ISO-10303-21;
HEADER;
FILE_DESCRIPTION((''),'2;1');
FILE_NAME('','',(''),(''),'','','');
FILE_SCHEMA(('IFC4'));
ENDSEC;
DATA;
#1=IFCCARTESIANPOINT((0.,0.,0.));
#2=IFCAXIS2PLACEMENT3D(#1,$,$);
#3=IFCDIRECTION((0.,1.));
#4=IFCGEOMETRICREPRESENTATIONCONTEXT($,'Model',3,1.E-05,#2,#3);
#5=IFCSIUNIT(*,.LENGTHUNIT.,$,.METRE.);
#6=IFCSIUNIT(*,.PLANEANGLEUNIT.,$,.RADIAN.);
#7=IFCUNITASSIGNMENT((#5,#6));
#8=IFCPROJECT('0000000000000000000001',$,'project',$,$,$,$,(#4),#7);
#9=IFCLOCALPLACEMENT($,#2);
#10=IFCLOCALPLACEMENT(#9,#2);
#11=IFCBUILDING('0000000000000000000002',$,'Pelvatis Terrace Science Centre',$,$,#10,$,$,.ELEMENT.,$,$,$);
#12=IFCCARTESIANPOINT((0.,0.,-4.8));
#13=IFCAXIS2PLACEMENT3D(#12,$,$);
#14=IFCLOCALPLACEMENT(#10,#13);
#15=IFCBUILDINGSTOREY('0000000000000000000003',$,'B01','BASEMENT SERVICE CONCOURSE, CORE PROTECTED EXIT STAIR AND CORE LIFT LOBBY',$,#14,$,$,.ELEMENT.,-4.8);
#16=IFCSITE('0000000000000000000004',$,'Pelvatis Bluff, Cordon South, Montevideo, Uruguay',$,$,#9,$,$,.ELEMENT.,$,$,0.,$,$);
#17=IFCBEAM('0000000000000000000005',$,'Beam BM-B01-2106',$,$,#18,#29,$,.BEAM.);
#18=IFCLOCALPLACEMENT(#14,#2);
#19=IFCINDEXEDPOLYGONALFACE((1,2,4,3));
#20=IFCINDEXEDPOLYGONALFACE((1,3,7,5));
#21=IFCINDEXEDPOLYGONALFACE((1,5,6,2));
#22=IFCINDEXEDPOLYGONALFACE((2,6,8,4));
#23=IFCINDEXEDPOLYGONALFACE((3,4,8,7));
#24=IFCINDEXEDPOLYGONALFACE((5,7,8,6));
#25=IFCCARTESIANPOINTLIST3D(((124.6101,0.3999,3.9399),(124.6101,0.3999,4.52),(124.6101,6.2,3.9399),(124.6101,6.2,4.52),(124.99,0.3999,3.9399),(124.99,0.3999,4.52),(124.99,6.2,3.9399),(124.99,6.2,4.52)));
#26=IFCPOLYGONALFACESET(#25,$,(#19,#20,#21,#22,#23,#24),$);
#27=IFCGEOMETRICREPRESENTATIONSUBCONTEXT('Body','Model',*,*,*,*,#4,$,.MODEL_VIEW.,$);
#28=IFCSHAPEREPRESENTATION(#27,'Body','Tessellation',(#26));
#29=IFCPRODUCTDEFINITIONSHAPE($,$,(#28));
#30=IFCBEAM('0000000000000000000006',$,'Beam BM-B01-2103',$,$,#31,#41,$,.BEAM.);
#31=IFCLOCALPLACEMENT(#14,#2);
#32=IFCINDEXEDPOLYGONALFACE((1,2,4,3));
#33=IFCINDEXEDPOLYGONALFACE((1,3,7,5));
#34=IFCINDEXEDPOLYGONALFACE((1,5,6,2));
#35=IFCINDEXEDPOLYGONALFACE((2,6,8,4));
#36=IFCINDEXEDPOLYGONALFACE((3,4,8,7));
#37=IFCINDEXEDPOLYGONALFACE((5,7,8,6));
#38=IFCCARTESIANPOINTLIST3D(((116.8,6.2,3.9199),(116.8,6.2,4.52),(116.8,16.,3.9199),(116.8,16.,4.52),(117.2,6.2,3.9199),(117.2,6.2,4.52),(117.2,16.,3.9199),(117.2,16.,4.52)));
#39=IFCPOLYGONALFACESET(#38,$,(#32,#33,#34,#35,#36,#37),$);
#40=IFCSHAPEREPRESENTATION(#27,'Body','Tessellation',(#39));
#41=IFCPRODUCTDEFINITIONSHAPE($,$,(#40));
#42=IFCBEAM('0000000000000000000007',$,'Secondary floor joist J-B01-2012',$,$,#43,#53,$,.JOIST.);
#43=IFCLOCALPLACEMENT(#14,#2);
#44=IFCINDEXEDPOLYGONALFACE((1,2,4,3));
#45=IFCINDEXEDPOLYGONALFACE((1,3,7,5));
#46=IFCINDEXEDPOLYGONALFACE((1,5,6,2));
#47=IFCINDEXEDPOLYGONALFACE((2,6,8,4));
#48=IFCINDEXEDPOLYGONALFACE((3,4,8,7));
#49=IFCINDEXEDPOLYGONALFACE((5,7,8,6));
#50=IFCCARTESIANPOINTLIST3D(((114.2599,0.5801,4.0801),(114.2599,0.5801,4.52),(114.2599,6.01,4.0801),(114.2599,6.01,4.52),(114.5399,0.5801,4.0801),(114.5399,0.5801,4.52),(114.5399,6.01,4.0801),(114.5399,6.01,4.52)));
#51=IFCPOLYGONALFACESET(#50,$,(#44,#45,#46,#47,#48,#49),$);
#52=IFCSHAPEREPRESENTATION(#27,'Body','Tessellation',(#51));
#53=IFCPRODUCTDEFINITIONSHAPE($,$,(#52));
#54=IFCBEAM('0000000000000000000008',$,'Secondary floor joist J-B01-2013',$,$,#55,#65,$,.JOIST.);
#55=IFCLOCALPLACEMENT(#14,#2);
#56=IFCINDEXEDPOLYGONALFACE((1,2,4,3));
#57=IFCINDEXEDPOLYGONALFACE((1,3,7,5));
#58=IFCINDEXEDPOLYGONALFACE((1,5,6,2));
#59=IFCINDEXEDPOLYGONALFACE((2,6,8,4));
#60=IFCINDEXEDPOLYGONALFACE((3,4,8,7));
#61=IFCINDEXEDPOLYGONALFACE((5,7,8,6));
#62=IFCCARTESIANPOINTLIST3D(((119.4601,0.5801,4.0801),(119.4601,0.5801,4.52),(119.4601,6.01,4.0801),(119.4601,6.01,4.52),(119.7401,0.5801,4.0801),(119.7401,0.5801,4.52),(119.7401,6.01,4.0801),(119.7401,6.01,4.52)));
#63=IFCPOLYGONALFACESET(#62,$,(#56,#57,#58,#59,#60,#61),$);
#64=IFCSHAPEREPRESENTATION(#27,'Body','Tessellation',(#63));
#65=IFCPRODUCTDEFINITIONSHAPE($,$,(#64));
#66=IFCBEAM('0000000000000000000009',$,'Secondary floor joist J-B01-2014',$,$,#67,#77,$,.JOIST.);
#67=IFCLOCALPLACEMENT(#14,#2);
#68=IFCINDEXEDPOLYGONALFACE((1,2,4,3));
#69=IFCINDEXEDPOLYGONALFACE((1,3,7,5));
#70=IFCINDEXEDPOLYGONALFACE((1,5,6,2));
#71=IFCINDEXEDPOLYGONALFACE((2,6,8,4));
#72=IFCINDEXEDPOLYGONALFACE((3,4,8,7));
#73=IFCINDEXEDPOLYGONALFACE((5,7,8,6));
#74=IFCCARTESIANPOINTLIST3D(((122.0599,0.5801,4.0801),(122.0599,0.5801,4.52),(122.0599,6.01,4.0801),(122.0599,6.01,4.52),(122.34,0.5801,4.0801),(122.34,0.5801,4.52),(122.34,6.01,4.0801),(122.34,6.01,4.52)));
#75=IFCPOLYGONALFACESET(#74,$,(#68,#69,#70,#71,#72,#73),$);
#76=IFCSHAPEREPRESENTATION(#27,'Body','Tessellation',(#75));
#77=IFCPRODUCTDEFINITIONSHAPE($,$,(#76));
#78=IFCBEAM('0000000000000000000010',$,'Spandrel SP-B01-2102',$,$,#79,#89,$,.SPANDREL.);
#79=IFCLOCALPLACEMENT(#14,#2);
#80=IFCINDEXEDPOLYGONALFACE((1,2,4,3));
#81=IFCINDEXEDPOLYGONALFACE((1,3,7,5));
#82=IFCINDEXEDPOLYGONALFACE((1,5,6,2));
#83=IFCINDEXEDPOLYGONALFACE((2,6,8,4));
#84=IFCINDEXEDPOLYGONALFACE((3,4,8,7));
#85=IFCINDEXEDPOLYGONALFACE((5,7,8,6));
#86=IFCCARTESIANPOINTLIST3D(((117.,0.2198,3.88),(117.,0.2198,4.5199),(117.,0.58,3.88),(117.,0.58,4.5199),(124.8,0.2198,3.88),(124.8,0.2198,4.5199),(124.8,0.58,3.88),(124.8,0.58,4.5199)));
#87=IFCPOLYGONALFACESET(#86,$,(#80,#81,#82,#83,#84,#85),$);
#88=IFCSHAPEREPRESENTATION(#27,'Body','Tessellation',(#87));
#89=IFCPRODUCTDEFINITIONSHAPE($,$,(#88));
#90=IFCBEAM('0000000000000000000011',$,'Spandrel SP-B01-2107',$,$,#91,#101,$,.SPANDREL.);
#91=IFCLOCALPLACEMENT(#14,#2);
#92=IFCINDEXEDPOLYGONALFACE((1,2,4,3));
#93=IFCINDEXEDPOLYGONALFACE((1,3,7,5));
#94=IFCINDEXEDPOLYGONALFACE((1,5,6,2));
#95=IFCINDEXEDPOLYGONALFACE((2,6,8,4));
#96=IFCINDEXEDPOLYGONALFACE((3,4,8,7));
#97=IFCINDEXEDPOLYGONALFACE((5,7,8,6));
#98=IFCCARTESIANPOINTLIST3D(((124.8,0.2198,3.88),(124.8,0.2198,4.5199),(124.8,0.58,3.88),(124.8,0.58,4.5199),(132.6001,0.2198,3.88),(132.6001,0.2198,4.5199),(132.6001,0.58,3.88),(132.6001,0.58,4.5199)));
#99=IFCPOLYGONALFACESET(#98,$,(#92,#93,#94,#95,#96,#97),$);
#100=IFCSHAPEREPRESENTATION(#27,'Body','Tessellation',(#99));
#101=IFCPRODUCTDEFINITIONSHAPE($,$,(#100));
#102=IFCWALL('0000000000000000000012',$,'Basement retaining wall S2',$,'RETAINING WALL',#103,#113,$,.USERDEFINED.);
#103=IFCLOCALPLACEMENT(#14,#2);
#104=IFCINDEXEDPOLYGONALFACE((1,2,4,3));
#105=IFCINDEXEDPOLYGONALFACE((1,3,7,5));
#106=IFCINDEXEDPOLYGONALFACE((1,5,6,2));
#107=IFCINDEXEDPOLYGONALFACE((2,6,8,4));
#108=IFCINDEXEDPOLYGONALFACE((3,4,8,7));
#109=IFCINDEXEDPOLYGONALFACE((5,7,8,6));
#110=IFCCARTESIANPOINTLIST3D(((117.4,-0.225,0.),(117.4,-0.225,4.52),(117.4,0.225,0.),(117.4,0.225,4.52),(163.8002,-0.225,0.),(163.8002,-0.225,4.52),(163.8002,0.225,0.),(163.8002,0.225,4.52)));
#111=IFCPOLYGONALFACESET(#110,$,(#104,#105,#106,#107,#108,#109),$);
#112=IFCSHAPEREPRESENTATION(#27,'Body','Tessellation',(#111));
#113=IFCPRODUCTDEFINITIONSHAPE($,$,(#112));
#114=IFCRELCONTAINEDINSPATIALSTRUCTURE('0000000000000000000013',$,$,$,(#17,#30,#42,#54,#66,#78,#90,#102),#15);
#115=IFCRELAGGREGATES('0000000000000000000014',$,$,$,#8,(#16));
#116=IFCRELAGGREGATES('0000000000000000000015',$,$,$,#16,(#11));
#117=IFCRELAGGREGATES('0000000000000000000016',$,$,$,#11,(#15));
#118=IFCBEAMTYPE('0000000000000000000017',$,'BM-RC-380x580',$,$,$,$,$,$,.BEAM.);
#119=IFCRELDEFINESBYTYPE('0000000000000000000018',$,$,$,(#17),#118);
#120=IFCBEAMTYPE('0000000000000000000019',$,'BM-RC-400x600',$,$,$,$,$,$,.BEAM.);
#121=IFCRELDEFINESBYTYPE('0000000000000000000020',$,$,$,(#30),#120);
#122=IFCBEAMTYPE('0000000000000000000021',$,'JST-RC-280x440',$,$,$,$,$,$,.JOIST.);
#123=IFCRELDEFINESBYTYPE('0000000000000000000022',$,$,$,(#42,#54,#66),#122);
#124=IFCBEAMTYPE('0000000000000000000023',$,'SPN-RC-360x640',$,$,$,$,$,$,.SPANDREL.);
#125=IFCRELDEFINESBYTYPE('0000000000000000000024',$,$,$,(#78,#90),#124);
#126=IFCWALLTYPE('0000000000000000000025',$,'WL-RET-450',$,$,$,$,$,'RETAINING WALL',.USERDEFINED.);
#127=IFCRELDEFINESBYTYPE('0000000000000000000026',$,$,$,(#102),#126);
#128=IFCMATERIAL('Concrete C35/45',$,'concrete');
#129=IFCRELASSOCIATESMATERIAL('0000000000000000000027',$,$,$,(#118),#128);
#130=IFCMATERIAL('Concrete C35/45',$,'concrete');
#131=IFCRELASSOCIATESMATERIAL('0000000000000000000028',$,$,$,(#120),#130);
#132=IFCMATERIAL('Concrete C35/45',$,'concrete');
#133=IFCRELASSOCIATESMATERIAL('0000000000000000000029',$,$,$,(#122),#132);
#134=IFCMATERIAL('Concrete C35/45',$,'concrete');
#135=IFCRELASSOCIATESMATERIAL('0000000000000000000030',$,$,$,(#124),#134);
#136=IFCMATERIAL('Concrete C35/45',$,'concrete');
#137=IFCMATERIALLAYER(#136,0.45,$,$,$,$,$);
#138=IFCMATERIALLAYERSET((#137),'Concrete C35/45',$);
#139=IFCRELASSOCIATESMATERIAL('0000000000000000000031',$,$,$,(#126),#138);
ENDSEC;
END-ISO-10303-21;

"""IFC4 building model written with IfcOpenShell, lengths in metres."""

from ifc_helpers import new_model, si_unit, direction, frame, frame_2d, origin, origin_2d, place, context, subcontext, project, spatial, rectangle, extrude, material, layer, layer_set, material_profile, profile_set, type_object, element, save


model = new_model("IFC4")

# Units and contexts
model_context = context("Model", 3, precision=1e-05, world=origin(), true_north=direction((0.0, 1.0)))
body_context = subcontext(model_context, "Body", "Model", "MODEL_VIEW")
ifc_project = project(units=[si_unit("LENGTHUNIT", "METRE"), si_unit("PLANEANGLEUNIT", "RADIAN")], contexts=[model_context])

# Site, building, storey
site_placement = place(None, origin())
site = spatial("IfcSite", under=ifc_project, at=site_placement, Name="Pelvatis Bluff, Cordon South, Montevideo, Uruguay", CompositionType="ELEMENT", RefElevation=0.0)
building_placement = place(site_placement, origin())
building = spatial("IfcBuilding", under=site, at=building_placement, Name="Pelvatis Terrace Science Centre", CompositionType="ELEMENT")
storey_placement = place(building_placement, frame((0.0, 0.0, -4.8)))
storey = spatial("IfcBuildingStorey", under=building, at=storey_placement, Name="B01", Description="BASEMENT SERVICE CONCOURSE, CORE PROTECTED EXIT STAIR AND CORE LIFT LOBBY", CompositionType="ELEMENT", Elevation=-4.8)

# Beams
ifc_material_1 = material(Name="Concrete C35/45", Category="concrete")
ifc_material_profile_1 = material_profile(ifc_material_1, rectangle(XDim=0.3799, YDim=0.5801, at=origin_2d()), Name="RC-BM 380x580")
ifc_profile_set_1 = profile_set([ifc_material_profile_1], Name="Concrete C35/45")
beam_type_1 = type_object("IfcBeamType", Name="BM-RC-380x580", PredefinedType="BEAM", material=ifc_profile_set_1)
beam_1_placement = place(storey_placement, frame((124.8, 0.3999, 4.23), z_axis=(0.0, 1.0, 0.0), x_axis=(-1.0, 0.0, 0.0)))
element("IfcBeam", 1, at=beam_1_placement, inside=storey, type_object=beam_type_1, Name="Beam BM-B01-2106", PredefinedType="BEAM", context=body_context, shape_type="SweptSolid", body=[
    extrude(rectangle(XDim=0.3799, YDim=0.5801, at=origin_2d()), origin(), (0.0, 0.0, 1.0), 5.8),
])
ifc_material_2 = material(Name="Concrete C35/45", Category="concrete")
ifc_material_profile_2 = material_profile(ifc_material_2, rectangle(XDim=0.3999, YDim=0.6001, at=origin_2d()), Name="RC-BM 400x600")
ifc_profile_set_2 = profile_set([ifc_material_profile_2], Name="Concrete C35/45")
beam_type_2 = type_object("IfcBeamType", Name="BM-RC-400x600", PredefinedType="BEAM", material=ifc_profile_set_2)
beam_2_placement = place(storey_placement, frame((117.0, 6.2, 4.22), z_axis=(0.0, 1.0, 0.0), x_axis=(-1.0, 0.0, 0.0)))
element("IfcBeam", 2, at=beam_2_placement, inside=storey, type_object=beam_type_2, Name="Beam BM-B01-2103", PredefinedType="BEAM", context=body_context, shape_type="SweptSolid", body=[
    extrude(rectangle(XDim=0.3999, YDim=0.6001, at=origin_2d()), origin(), (0.0, 0.0, 1.0), 9.8),
])
ifc_material_3 = material(Name="Concrete C35/45", Category="concrete")
ifc_material_profile_3 = material_profile(ifc_material_3, rectangle(XDim=0.28, YDim=0.4399, at=origin_2d()), Name="RC-JST 280x440")
ifc_profile_set_3 = profile_set([ifc_material_profile_3], Name="Concrete C35/45")
beam_type_3 = type_object("IfcBeamType", Name="JST-RC-280x440", PredefinedType="JOIST", material=ifc_profile_set_3)
for number, where, z_axis, x_axis, name in (
    (3, (114.3999, 0.5801, 4.3), (0.0, 1.0, 0.0), (-1.0, 0.0, 0.0), "Secondary floor joist J-B01-2012"),
    (4, (119.6001, 0.5801, 4.3), (0.0, 1.0, 0.0), (-1.0, 0.0, 0.0), "Secondary floor joist J-B01-2013"),
    (5, (122.2, 0.5801, 4.3), (0.0, 1.0, 0.0), (-1.0, 0.0, 0.0), "Secondary floor joist J-B01-2014"),
):
    element("IfcBeam", number, at=place(storey_placement, frame(where, z_axis=z_axis, x_axis=x_axis)), inside=storey, type_object=beam_type_3, Name=name, PredefinedType="JOIST", context=body_context, shape_type="SweptSolid", body=[
        extrude(rectangle(XDim=0.28, YDim=0.4399, at=origin_2d()), origin(), (0.0, 0.0, 1.0), 5.4299),
    ])
ifc_material_4 = material(Name="Concrete C35/45", Category="concrete")
ifc_material_profile_4 = material_profile(ifc_material_4, rectangle(XDim=0.3601, YDim=0.6399, at=origin_2d()), Name="RC-SPN 360x640")
ifc_profile_set_4 = profile_set([ifc_material_profile_4], Name="Concrete C35/45")
beam_type_4 = type_object("IfcBeamType", Name="SPN-RC-360x640", PredefinedType="SPANDREL", material=ifc_profile_set_4)
for number, where, z_axis, x_axis, name in (
    (6, (117.0, 0.3999, 4.2), (1.0, 0.0, 0.0), (0.0, 1.0, 0.0), "Spandrel SP-B01-2102"),
    (7, (124.8, 0.3999, 4.2), (1.0, 0.0, 0.0), (0.0, 1.0, 0.0), "Spandrel SP-B01-2107"),
):
    element("IfcBeam", number, at=place(storey_placement, frame(where, z_axis=z_axis, x_axis=x_axis)), inside=storey, type_object=beam_type_4, Name=name, PredefinedType="SPANDREL", context=body_context, shape_type="SweptSolid", body=[
        extrude(rectangle(XDim=0.3601, YDim=0.6399, at=origin_2d()), origin(), (0.0, 0.0, 1.0), 7.8),
    ])

# Wall
ifc_material_5 = material(Name="Concrete C35/45", Category="concrete")
ifc_layer_1 = layer(ifc_material_5, 0.45)
ifc_layer_set_1 = layer_set([ifc_layer_1], Name="Concrete C35/45")
wall_type = type_object("IfcWallType", Name="WL-RET-450", ElementType="RETAINING WALL", PredefinedType="USERDEFINED", material=ifc_layer_set_1)
wall_placement = place(storey_placement, frame((117.3999, 0.0, 0.0), z_axis=(0.0, 0.0, 1.0), x_axis=(1.0, 0.0, 0.0)))
element("IfcWall", 8, at=wall_placement, inside=storey, type_object=wall_type, Name="Basement retaining wall S2", ObjectType="RETAINING WALL", PredefinedType="USERDEFINED", context=body_context, shape_type="SweptSolid", body=[
    extrude(rectangle(XDim=46.4001, YDim=0.45, at=frame_2d((23.2002, 0.0))), origin(), (0.0, 0.0, 1.0), 4.52),
])

save(model, "model.ifc")
